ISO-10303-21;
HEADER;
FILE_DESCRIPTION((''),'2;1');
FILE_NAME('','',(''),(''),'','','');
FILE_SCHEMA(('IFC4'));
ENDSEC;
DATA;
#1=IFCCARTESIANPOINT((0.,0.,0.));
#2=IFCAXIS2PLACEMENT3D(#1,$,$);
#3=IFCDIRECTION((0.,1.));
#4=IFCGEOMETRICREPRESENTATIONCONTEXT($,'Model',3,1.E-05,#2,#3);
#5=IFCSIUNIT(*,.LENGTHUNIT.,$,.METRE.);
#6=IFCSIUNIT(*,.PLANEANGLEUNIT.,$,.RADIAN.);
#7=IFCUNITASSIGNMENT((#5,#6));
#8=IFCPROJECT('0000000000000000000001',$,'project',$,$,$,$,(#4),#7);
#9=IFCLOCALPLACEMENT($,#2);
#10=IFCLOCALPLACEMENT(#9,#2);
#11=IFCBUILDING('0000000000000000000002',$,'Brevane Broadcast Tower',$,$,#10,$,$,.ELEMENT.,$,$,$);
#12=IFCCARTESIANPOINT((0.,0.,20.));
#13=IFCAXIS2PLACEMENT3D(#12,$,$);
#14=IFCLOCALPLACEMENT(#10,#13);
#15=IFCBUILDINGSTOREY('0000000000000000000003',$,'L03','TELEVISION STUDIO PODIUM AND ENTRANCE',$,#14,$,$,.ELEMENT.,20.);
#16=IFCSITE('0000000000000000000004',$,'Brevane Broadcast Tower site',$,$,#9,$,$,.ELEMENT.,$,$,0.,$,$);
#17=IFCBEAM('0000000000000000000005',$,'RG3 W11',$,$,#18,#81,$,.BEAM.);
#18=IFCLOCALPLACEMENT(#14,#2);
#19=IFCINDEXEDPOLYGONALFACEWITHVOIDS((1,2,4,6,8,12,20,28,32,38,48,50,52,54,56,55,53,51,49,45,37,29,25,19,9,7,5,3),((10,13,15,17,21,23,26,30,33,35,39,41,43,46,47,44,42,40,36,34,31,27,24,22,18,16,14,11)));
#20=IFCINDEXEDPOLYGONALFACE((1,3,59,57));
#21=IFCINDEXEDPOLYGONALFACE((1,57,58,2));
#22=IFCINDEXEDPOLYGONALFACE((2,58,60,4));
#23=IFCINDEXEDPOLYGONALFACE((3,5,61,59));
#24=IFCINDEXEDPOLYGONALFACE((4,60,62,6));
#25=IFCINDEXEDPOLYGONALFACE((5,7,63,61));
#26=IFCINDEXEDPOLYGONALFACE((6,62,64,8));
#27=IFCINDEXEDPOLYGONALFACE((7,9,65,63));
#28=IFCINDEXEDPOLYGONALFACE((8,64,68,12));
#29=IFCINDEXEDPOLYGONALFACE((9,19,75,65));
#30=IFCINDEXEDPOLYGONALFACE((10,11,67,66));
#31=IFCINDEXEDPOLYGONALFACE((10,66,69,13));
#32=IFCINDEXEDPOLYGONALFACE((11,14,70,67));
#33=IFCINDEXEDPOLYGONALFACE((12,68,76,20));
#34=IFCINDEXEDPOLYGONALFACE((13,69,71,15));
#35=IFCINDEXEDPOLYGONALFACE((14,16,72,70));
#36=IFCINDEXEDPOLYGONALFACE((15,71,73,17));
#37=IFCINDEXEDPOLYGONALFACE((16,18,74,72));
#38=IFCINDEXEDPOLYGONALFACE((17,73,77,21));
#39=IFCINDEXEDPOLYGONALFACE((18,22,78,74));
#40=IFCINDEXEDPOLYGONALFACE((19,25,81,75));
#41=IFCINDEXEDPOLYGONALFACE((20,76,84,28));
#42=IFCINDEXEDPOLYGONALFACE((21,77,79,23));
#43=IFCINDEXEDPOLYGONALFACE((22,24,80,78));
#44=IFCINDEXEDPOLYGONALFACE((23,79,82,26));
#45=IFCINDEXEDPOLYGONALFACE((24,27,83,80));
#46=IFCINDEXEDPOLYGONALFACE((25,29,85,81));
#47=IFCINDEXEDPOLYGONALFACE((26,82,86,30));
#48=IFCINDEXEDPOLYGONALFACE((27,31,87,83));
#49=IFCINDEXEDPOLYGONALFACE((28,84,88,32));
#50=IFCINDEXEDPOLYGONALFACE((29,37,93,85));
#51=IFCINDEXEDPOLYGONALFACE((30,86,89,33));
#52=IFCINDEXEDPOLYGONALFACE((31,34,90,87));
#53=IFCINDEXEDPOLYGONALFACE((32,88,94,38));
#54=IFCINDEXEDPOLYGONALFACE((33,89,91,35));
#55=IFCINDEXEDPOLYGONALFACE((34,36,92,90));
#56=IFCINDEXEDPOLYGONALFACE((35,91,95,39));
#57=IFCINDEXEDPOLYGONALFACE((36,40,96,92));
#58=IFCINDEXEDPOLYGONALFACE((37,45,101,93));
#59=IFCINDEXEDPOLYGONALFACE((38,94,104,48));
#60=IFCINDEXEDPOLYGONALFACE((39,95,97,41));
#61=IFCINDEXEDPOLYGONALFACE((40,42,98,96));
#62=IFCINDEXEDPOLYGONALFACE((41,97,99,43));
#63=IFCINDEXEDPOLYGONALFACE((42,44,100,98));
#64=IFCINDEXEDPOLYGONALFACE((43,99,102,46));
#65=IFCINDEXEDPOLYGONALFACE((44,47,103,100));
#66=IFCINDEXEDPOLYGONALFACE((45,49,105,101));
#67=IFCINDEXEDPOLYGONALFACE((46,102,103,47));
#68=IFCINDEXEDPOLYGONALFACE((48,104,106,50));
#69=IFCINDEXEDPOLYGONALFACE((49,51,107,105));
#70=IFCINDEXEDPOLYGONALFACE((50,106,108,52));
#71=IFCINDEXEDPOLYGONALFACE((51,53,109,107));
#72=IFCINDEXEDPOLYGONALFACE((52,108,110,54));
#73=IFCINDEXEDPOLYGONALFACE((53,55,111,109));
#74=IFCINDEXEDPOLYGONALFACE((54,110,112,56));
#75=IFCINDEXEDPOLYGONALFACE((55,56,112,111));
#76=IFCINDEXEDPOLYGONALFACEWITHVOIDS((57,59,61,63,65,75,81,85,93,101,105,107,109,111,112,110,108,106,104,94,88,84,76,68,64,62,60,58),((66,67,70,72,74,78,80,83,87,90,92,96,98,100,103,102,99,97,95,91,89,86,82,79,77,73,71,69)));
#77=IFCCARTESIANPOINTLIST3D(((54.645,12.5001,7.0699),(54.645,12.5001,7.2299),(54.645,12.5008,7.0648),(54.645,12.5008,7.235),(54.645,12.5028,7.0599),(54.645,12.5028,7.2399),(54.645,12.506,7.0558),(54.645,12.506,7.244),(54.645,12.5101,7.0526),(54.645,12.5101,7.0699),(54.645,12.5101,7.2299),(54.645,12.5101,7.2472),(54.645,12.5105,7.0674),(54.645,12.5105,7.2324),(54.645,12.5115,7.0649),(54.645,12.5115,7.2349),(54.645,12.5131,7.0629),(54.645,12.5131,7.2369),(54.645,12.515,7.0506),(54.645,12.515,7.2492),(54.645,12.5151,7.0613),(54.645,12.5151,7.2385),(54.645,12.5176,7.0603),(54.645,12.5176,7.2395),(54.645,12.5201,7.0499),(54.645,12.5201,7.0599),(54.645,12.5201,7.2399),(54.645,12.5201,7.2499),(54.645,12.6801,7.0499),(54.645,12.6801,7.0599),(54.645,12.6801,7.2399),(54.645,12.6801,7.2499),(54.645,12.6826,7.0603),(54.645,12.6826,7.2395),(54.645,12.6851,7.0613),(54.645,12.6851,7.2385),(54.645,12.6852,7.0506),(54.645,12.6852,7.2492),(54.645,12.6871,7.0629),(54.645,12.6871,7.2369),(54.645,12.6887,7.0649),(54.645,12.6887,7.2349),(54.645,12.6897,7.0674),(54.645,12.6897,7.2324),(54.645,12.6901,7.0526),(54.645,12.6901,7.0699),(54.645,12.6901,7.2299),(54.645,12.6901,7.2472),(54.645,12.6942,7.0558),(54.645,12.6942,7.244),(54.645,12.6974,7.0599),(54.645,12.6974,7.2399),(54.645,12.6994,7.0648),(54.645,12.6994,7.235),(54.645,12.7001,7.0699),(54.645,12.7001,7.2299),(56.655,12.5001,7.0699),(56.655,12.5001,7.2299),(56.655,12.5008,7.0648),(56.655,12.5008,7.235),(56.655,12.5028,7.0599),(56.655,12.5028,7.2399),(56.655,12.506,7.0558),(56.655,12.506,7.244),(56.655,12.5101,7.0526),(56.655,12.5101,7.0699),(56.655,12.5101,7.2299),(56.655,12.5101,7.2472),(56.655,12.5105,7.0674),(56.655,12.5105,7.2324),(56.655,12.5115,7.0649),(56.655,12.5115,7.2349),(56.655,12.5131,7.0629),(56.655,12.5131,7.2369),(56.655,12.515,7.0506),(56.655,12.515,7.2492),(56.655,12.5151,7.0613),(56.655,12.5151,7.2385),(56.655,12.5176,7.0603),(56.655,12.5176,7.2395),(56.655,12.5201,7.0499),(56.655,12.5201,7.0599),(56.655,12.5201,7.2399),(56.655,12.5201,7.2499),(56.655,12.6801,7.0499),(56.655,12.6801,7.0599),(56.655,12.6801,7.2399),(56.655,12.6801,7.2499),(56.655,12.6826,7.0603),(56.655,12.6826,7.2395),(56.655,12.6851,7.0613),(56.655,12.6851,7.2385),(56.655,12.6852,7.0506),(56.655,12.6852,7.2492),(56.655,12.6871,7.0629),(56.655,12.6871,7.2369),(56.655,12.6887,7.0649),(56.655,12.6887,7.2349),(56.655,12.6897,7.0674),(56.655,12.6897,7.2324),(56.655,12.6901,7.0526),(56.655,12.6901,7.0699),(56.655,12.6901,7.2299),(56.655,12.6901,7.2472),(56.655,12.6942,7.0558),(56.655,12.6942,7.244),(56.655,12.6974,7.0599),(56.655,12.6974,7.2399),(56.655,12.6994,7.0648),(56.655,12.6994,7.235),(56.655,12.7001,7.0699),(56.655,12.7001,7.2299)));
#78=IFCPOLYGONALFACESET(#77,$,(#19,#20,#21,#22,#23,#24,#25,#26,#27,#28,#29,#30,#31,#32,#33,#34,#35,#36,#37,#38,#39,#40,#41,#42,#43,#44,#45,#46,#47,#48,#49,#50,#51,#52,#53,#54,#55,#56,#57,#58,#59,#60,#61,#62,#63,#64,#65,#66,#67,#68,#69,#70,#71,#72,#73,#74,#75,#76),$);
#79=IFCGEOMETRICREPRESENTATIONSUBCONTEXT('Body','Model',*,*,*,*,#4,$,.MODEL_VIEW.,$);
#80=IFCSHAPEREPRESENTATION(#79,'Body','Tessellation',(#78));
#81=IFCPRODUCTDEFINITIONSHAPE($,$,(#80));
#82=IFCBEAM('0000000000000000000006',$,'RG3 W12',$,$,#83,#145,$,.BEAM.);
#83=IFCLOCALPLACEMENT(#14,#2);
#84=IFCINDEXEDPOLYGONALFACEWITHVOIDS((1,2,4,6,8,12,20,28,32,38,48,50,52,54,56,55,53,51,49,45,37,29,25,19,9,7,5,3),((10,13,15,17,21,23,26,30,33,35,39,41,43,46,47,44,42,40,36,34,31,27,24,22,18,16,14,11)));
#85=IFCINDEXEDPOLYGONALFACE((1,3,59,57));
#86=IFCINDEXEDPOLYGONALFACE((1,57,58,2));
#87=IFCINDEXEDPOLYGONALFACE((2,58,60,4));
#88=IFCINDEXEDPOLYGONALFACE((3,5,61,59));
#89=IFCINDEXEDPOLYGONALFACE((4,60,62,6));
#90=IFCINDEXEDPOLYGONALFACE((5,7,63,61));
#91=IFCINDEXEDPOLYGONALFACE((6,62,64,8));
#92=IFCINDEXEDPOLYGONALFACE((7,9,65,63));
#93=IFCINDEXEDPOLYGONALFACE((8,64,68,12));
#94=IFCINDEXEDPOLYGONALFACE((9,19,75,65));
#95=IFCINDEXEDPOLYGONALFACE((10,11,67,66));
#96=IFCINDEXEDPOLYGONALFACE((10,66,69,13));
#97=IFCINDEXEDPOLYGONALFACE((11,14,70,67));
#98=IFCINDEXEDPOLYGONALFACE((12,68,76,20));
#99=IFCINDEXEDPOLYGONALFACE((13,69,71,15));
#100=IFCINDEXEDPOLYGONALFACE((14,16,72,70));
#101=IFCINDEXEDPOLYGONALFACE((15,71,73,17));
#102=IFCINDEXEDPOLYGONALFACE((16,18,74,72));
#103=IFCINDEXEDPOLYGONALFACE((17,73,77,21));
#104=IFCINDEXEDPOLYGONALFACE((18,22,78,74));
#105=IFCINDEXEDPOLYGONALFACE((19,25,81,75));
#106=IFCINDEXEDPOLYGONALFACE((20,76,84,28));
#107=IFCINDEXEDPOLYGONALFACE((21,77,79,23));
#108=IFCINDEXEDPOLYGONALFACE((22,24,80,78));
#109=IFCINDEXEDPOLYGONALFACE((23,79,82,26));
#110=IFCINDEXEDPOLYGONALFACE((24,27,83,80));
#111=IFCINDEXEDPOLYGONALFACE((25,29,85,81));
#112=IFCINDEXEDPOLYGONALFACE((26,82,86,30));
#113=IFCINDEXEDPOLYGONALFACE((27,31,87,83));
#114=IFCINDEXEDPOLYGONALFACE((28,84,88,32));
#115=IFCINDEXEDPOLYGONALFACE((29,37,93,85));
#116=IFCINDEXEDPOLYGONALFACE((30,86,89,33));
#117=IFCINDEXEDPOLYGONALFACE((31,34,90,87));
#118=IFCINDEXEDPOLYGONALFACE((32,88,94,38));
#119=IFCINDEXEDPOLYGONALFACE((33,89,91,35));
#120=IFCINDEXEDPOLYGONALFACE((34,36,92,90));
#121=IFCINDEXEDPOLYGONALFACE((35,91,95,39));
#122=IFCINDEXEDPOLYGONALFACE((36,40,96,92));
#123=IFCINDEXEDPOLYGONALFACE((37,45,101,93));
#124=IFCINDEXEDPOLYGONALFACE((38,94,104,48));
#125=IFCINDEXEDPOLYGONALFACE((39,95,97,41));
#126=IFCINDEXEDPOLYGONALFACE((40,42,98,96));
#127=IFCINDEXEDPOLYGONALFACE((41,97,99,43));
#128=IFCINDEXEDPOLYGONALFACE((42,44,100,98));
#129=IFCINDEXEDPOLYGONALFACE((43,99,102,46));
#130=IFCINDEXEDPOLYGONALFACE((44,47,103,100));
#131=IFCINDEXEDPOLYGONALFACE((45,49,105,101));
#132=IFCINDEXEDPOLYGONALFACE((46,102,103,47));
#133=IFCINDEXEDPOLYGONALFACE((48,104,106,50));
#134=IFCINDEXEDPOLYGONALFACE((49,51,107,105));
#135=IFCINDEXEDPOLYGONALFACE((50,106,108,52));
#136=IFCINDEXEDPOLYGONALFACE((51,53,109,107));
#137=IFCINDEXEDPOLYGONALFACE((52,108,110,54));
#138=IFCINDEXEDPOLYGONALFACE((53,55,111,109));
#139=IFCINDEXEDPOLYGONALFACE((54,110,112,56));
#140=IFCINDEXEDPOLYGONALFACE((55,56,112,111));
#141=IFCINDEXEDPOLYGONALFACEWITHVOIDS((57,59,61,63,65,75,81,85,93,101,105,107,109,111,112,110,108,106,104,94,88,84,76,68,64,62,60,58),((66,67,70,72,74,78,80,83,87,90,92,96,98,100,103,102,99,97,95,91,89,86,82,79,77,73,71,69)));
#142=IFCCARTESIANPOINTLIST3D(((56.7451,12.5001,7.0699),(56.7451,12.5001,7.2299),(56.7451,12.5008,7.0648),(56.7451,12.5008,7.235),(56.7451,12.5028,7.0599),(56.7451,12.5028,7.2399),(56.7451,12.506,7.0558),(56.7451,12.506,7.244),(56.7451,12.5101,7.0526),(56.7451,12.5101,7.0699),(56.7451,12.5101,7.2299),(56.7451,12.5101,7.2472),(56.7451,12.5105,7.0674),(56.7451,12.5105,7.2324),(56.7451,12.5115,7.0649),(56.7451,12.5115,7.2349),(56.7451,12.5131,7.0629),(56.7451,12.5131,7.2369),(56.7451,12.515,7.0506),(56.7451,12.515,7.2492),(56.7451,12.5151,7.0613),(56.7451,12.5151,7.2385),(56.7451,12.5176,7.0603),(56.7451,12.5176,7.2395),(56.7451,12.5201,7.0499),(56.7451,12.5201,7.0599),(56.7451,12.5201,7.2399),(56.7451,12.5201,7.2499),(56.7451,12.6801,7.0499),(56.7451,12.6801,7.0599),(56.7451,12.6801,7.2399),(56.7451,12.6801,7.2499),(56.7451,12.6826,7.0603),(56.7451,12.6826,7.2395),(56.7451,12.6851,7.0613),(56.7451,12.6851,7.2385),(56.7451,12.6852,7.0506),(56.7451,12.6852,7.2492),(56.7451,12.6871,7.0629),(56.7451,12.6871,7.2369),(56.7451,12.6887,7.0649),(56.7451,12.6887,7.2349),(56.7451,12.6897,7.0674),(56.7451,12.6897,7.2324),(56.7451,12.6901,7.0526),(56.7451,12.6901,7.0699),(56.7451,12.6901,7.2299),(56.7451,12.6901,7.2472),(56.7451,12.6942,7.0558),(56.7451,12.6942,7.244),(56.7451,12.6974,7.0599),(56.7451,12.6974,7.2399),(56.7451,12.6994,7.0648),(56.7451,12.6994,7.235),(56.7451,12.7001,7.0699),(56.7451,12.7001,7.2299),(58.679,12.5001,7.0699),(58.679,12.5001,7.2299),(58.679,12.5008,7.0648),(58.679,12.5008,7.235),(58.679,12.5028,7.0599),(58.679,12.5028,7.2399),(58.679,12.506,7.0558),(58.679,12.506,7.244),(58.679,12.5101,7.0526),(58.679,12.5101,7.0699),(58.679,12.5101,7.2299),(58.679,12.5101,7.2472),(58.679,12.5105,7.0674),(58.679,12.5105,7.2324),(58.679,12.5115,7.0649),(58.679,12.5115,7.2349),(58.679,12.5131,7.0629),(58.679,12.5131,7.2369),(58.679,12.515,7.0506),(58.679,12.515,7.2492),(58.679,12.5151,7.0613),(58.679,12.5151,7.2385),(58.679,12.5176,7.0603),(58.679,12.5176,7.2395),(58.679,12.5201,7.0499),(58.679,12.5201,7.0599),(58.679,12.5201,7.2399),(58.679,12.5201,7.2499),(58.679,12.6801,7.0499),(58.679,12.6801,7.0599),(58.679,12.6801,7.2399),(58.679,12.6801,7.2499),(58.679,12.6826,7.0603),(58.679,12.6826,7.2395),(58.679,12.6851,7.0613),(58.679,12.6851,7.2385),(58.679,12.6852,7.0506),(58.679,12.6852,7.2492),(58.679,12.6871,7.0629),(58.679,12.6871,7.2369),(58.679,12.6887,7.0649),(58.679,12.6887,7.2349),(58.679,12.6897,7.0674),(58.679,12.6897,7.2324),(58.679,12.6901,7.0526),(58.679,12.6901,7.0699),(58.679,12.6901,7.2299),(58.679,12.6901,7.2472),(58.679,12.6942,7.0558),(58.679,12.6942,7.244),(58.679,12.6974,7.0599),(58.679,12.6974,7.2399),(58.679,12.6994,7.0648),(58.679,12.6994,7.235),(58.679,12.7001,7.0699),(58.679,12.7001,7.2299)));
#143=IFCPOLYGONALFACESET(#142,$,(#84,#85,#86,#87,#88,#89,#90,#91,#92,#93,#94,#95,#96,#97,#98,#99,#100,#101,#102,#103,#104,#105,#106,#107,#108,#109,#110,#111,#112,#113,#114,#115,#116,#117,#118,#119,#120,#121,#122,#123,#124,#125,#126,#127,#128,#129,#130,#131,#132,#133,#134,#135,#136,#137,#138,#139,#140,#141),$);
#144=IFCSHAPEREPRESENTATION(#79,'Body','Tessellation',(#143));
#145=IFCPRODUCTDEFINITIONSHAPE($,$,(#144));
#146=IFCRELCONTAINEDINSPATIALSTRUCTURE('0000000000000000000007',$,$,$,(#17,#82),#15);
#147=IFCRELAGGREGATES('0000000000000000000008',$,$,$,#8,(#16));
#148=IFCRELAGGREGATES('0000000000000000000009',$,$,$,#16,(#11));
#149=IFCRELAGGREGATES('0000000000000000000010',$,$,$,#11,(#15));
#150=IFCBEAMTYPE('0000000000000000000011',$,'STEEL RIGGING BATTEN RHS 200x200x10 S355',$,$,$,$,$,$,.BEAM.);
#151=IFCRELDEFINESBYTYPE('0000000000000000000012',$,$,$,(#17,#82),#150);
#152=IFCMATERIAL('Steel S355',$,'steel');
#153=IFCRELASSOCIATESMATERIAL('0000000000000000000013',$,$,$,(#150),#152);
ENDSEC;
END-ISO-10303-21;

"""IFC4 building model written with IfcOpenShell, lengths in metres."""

from ifc_helpers import new_model, si_unit, direction, frame, origin, origin_2d, place, context, subcontext, project, spatial, hollow_rectangle, extrude, material, material_profile, profile_set, type_object, element, save


model = new_model("IFC4")

# Units and contexts
model_context = context("Model", 3, precision=1e-05, world=origin(), true_north=direction((0.0, 1.0)))
body_context = subcontext(model_context, "Body", "Model", "MODEL_VIEW")
ifc_project = project(units=[si_unit("LENGTHUNIT", "METRE"), si_unit("PLANEANGLEUNIT", "RADIAN")], contexts=[model_context])

# Site, building, storey
site_placement = place(None, origin())
site = spatial("IfcSite", under=ifc_project, at=site_placement, Name="Brevane Broadcast Tower site", CompositionType="ELEMENT", RefElevation=0.0)
building_placement = place(site_placement, origin())
building = spatial("IfcBuilding", under=site, at=building_placement, Name="Brevane Broadcast Tower", CompositionType="ELEMENT")
storey_placement = place(building_placement, frame((0.0, 0.0, 20.0)))
storey = spatial("IfcBuildingStorey", under=building, at=storey_placement, Name="L03", Description="TELEVISION STUDIO PODIUM AND ENTRANCE", CompositionType="ELEMENT", Elevation=20.0)

# Beams
ifc_material_1 = material(Name="Steel S355", Category="steel")
ifc_material_profile_1 = material_profile(ifc_material_1, hollow_rectangle(XDim=0.2, YDim=0.2, WallThickness=0.01, InnerFilletRadius=0.01, OuterFilletRadius=0.02, at=origin_2d()), Name="RHS 200x200x10")
ifc_profile_set_1 = profile_set([ifc_material_profile_1], Name="Steel S355")
beam_type_1 = type_object("IfcBeamType", Name="STEEL RIGGING BATTEN RHS 200x200x10 S355", PredefinedType="BEAM", material=ifc_profile_set_1)
beam_1_placement = place(storey_placement, frame((54.645, 12.6001, 7.1499), z_axis=(1.0, 0.0, 0.0), x_axis=(0.0, 1.0, 0.0)))
element("IfcBeam", 1, at=beam_1_placement, inside=storey, type_object=beam_type_1, Name="RG3 W11", PredefinedType="BEAM", context=body_context, shape_type="SweptSolid", body=[
    extrude(hollow_rectangle(XDim=0.2, YDim=0.2, WallThickness=0.01, InnerFilletRadius=0.01, OuterFilletRadius=0.02, at=origin_2d()), origin(), (0.0, 0.0, 1.0), 2.01),
])
beam_2_placement = place(storey_placement, frame((56.7451, 12.6001, 7.1499), z_axis=(1.0, 0.0, 0.0), x_axis=(0.0, 1.0, 0.0)))
element("IfcBeam", 2, at=beam_2_placement, inside=storey, type_object=beam_type_1, Name="RG3 W12", PredefinedType="BEAM", context=body_context, shape_type="SweptSolid", body=[
    extrude(hollow_rectangle(XDim=0.2, YDim=0.2, WallThickness=0.01, InnerFilletRadius=0.01, OuterFilletRadius=0.02, at=origin_2d()), origin(), (0.0, 0.0, 1.0), 1.9338),
])

save(model, "model.ifc")
